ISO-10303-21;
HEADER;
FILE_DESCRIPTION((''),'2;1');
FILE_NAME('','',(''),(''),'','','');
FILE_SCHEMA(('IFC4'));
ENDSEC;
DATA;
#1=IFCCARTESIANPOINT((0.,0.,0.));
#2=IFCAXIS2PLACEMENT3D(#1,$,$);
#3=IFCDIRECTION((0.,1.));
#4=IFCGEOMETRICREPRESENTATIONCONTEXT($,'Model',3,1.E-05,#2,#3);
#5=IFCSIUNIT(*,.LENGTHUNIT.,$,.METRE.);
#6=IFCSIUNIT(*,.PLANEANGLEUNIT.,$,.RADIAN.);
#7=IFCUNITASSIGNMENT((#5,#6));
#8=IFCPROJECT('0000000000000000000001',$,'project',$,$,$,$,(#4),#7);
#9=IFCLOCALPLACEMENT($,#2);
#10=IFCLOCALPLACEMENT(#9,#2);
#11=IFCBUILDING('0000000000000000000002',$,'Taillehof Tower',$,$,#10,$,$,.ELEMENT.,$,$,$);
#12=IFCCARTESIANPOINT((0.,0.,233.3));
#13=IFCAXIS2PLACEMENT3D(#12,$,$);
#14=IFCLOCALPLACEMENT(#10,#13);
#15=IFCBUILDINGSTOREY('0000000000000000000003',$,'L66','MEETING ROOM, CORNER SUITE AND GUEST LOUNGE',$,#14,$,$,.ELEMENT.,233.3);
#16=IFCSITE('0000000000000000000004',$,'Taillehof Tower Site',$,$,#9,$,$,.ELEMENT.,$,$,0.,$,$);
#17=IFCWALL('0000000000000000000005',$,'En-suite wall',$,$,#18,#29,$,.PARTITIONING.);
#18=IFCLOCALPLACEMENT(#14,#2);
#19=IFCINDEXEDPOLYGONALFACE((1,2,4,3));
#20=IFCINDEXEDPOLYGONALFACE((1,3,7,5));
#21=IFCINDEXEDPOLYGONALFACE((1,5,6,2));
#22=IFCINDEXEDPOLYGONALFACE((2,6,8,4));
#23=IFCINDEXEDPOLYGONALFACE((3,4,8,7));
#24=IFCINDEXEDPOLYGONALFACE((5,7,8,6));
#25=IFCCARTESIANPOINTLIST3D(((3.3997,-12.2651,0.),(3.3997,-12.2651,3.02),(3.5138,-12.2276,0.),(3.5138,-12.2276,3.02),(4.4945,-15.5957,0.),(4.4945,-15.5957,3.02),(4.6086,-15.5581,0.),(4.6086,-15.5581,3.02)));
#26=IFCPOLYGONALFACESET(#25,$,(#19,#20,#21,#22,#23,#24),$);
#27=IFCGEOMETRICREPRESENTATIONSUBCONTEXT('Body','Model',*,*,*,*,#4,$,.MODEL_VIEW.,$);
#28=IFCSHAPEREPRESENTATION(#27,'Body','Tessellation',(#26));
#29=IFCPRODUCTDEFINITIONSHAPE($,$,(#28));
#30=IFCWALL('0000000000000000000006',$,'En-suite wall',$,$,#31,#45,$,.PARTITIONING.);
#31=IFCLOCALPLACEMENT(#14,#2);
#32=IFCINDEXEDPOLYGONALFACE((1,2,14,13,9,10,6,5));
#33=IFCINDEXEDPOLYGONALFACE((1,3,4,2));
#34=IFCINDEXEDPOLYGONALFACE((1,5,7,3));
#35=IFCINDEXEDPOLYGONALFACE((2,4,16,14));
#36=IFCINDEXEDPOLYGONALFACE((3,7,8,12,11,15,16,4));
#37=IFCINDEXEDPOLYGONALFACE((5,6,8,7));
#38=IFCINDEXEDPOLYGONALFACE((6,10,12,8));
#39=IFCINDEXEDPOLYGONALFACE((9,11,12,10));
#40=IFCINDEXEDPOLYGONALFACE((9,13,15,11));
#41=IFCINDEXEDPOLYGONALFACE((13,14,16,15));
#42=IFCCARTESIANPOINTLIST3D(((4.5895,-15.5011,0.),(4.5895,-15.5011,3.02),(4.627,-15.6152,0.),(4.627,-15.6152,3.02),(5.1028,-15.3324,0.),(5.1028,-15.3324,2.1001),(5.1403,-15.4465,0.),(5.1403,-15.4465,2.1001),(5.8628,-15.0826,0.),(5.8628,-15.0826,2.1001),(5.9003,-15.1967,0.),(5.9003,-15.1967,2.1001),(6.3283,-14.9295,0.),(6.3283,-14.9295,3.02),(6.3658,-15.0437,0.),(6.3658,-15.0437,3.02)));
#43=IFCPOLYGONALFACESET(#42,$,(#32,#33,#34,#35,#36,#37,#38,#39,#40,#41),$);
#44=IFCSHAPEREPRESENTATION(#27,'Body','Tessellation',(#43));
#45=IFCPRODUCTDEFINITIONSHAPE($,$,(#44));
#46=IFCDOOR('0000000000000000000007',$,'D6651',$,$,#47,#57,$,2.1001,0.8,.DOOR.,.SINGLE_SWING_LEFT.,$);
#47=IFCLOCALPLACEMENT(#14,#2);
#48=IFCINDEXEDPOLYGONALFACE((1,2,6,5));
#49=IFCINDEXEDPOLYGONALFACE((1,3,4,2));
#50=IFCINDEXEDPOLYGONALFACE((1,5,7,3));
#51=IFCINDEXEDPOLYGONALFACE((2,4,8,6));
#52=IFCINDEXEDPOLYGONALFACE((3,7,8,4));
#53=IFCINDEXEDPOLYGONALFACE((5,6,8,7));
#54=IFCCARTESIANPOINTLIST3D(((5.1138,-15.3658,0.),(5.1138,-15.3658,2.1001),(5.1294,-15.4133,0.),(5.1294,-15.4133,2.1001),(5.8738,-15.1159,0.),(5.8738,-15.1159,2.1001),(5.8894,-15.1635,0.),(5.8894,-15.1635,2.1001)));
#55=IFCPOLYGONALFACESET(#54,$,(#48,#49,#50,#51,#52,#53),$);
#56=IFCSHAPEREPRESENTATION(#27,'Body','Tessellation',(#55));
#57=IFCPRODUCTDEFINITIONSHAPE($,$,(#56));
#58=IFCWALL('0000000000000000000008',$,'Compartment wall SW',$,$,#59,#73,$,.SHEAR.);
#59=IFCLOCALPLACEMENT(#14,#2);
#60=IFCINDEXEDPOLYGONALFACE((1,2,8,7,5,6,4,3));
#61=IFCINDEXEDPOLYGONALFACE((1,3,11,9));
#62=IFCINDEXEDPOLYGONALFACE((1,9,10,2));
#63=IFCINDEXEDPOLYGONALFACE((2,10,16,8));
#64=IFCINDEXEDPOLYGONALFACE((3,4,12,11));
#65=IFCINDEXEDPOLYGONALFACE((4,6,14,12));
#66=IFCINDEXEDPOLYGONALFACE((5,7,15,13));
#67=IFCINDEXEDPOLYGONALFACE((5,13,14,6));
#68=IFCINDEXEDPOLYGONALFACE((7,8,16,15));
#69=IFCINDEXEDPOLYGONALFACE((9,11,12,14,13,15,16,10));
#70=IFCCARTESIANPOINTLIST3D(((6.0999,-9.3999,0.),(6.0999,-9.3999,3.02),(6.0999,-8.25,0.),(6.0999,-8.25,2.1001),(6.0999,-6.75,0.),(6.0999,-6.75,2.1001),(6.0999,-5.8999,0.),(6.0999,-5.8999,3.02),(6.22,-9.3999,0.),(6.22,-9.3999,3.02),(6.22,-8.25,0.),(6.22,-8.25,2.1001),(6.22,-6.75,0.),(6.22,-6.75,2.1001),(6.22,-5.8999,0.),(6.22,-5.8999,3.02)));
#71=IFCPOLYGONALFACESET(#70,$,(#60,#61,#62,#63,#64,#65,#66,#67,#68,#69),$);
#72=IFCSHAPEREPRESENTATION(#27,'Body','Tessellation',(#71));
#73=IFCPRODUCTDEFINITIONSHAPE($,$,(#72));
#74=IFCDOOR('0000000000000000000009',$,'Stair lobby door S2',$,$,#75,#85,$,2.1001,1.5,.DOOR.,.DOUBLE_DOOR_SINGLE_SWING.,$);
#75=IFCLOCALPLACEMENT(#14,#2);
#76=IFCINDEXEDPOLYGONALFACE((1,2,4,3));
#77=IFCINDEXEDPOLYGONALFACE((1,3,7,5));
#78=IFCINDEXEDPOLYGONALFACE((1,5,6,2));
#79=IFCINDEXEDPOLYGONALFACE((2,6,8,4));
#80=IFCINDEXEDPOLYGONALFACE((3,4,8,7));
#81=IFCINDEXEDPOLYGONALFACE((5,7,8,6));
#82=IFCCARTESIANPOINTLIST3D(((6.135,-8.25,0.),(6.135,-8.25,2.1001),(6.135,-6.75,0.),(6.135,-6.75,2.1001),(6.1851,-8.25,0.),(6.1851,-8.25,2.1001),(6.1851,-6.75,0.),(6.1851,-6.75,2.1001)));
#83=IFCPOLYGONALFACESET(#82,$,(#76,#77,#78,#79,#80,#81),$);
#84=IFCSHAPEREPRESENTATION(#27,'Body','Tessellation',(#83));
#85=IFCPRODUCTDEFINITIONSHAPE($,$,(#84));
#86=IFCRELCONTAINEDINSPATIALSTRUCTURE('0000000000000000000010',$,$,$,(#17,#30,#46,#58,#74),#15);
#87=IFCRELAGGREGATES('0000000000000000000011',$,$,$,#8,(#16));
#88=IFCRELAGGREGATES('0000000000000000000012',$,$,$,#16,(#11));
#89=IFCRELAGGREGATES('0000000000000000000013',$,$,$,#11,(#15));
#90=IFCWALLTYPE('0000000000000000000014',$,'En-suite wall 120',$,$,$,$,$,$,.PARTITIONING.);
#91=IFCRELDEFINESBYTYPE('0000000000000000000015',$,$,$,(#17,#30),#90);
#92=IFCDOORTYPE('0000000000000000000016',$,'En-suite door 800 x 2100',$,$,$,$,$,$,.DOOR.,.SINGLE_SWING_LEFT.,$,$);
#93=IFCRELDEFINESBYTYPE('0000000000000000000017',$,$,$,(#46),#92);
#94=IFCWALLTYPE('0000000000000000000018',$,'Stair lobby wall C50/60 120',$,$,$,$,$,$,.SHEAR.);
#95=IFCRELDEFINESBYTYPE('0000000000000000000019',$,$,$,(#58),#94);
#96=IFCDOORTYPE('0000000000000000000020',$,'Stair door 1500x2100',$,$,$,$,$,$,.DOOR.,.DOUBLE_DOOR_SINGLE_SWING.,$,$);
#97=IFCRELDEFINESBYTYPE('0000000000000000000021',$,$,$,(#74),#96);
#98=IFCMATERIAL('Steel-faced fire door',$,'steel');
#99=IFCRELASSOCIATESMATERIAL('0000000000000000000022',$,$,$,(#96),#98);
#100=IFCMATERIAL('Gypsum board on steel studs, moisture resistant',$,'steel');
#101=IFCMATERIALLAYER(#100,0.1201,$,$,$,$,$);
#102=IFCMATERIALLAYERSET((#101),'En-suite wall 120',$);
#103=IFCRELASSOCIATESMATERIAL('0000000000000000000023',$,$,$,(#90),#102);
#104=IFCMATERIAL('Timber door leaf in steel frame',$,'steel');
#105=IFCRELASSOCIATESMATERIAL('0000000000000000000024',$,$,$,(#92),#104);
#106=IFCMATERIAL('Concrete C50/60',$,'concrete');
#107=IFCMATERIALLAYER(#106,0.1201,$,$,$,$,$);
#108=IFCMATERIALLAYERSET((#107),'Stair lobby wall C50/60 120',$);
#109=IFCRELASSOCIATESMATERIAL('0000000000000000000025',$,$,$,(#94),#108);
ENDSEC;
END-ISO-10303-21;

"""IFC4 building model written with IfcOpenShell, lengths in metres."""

from ifc_helpers import new_model, si_unit, direction, frame, frame_2d, origin, place, context, subcontext, project, spatial, rectangle, extrude, material, layer, layer_set, type_object, element, fill, save


model = new_model("IFC4")

# Units and contexts
model_context = context("Model", 3, precision=1e-05, world=origin(), true_north=direction((0.0, 1.0)))
body_context = subcontext(model_context, "Body", "Model", "MODEL_VIEW")
ifc_project = project(units=[si_unit("LENGTHUNIT", "METRE"), si_unit("PLANEANGLEUNIT", "RADIAN")], contexts=[model_context])

# Site, building, storey
site_placement = place(None, origin())
site = spatial("IfcSite", under=ifc_project, at=site_placement, Name="Taillehof Tower Site", CompositionType="ELEMENT", RefElevation=0.0)
building_placement = place(site_placement, origin())
building = spatial("IfcBuilding", under=site, at=building_placement, Name="Taillehof Tower", CompositionType="ELEMENT")
storey_placement = place(building_placement, frame((0.0, 0.0, 233.3)))
storey = spatial("IfcBuildingStorey", under=building, at=storey_placement, Name="L66", Description="MEETING ROOM, CORNER SUITE AND GUEST LOUNGE", CompositionType="ELEMENT", Elevation=233.3)

# Shared definitions
ifc_material_1 = material(Name="Steel-faced fire door", Category="steel")
door_type_1 = type_object("IfcDoorType", Name="Stair door 1500x2100", OperationType="DOUBLE_DOOR_SINGLE_SWING", PredefinedType="DOOR", material=ifc_material_1)

# Wall
ifc_material_2 = material(Name="Gypsum board on steel studs, moisture resistant", Category="steel")
ifc_layer_1 = layer(ifc_material_2, 0.1201)
ifc_layer_set_1 = layer_set([ifc_layer_1], Name="En-suite wall 120")
wall_type_1 = type_object("IfcWallType", Name="En-suite wall 120", PredefinedType="PARTITIONING", material=ifc_layer_set_1)
wall_1_placement = place(storey_placement, frame((3.4568, -12.2463, 0.0), z_axis=(0.0, 0.0, 1.0), x_axis=(0.312256, -0.949998, 0.0)))
element("IfcWall", 1, at=wall_1_placement, inside=storey, type_object=wall_type_1, Name="En-suite wall", PredefinedType="PARTITIONING", context=body_context, shape_type="SweptSolid", body=[
    extrude(rectangle(XDim=3.5059, YDim=0.1201, at=frame_2d((1.7529, 0.0))), origin(), (0.0, 0.0, 1.0), 3.02),
])

# Walls, openings, doors
wall_2_placement = place(storey_placement, frame((4.6084, -15.5581, 0.0), z_axis=(0.0, 0.0, 1.0), x_axis=(0.949996, 0.312263, 0.0)))
wall_2 = element("IfcWall", 2, at=wall_2_placement, inside=storey, type_object=wall_type_1, Name="En-suite wall", PredefinedType="PARTITIONING", context=body_context, shape_type="SweptSolid", body=[
    extrude(rectangle(XDim=1.8303, YDim=0.1201, at=frame_2d((0.915, 0.0))), origin(), (0.0, 0.0, 1.0), 3.02),
])
opening_1_placement = place(wall_2_placement, frame((0.5403, 0.0, 0.0)))
opening_1 = element("IfcOpeningElement", 3, at=opening_1_placement, cuts=wall_2, PredefinedType="OPENING", context=body_context, shape_type="SweptSolid", body=[
    extrude(rectangle(XDim=0.8, YDim=2.1001, at=frame_2d((0.3999, 1.05))), frame((0.0, 0.0701, 0.0), z_axis=(0.0, -1.0, 0.0), x_axis=(1.0, 0.0, 0.0)), (0.0, 0.0, 1.0), 0.1401),
])
ifc_material_3 = material(Name="Timber door leaf in steel frame", Category="steel")
door_type_2 = type_object("IfcDoorType", Name="En-suite door 800 x 2100", OperationType="SINGLE_SWING_LEFT", PredefinedType="DOOR", material=ifc_material_3)
door_1_placement = place(opening_1_placement, origin())
door_1 = element("IfcDoor", 4, at=door_1_placement, inside=storey, type_object=door_type_2, Name="D6651", OperationType="SINGLE_SWING_LEFT", OverallHeight=2.1001, OverallWidth=0.8, PredefinedType="DOOR", context=body_context, shape_type="SweptSolid", body=[
    extrude(rectangle(XDim=0.8, YDim=2.1001, at=frame_2d((0.3999, 1.05))), frame((0.0, 0.0249, 0.0), z_axis=(0.0, -1.0, 0.0), x_axis=(1.0, 0.0, 0.0)), (0.0, 0.0, 1.0), 0.05),
])
fill(opening_1, door_1)
ifc_material_4 = material(Name="Concrete C50/60", Category="concrete")
ifc_layer_2 = layer(ifc_material_4, 0.1201)
ifc_layer_set_2 = layer_set([ifc_layer_2], Name="Stair lobby wall C50/60 120")
wall_type_2 = type_object("IfcWallType", Name="Stair lobby wall C50/60 120", PredefinedType="SHEAR", material=ifc_layer_set_2)
wall_3_placement = place(storey_placement, frame((6.1599, -9.3999, 0.0), z_axis=(0.0, 0.0, 1.0), x_axis=(0.0, 1.0, 0.0)))
wall_3 = element("IfcWall", 5, at=wall_3_placement, inside=storey, type_object=wall_type_2, Name="Compartment wall SW", PredefinedType="SHEAR", context=body_context, shape_type="SweptSolid", body=[
    extrude(rectangle(XDim=3.5, YDim=0.1201, at=frame_2d((1.75, 0.0))), origin(), (0.0, 0.0, 1.0), 3.02),
])
opening_2_placement = place(wall_3_placement, frame((1.1499, 0.0, 0.0)))
opening_2 = element("IfcOpeningElement", 6, at=opening_2_placement, cuts=wall_3, PredefinedType="OPENING", context=body_context, shape_type="SweptSolid", body=[
    extrude(rectangle(XDim=1.5, YDim=2.1001, at=frame_2d((0.75, 1.05))), frame((0.0, 0.0701, 0.0), z_axis=(0.0, -1.0, 0.0), x_axis=(1.0, 0.0, 0.0)), (0.0, 0.0, 1.0), 0.1401),
])
door_2_placement = place(opening_2_placement, origin())
door_2 = element("IfcDoor", 7, at=door_2_placement, inside=storey, type_object=door_type_1, Name="Stair lobby door S2", OperationType="DOUBLE_DOOR_SINGLE_SWING", OverallHeight=2.1001, OverallWidth=1.5, PredefinedType="DOOR", context=body_context, shape_type="SweptSolid", body=[
    extrude(rectangle(XDim=1.5, YDim=2.1001, at=frame_2d((0.75, 1.05))), frame((0.0, 0.0249, 0.0), z_axis=(0.0, -1.0, 0.0), x_axis=(1.0, 0.0, 0.0)), (0.0, 0.0, 1.0), 0.05),
])
fill(opening_2, door_2)

save(model, "model.ifc")
